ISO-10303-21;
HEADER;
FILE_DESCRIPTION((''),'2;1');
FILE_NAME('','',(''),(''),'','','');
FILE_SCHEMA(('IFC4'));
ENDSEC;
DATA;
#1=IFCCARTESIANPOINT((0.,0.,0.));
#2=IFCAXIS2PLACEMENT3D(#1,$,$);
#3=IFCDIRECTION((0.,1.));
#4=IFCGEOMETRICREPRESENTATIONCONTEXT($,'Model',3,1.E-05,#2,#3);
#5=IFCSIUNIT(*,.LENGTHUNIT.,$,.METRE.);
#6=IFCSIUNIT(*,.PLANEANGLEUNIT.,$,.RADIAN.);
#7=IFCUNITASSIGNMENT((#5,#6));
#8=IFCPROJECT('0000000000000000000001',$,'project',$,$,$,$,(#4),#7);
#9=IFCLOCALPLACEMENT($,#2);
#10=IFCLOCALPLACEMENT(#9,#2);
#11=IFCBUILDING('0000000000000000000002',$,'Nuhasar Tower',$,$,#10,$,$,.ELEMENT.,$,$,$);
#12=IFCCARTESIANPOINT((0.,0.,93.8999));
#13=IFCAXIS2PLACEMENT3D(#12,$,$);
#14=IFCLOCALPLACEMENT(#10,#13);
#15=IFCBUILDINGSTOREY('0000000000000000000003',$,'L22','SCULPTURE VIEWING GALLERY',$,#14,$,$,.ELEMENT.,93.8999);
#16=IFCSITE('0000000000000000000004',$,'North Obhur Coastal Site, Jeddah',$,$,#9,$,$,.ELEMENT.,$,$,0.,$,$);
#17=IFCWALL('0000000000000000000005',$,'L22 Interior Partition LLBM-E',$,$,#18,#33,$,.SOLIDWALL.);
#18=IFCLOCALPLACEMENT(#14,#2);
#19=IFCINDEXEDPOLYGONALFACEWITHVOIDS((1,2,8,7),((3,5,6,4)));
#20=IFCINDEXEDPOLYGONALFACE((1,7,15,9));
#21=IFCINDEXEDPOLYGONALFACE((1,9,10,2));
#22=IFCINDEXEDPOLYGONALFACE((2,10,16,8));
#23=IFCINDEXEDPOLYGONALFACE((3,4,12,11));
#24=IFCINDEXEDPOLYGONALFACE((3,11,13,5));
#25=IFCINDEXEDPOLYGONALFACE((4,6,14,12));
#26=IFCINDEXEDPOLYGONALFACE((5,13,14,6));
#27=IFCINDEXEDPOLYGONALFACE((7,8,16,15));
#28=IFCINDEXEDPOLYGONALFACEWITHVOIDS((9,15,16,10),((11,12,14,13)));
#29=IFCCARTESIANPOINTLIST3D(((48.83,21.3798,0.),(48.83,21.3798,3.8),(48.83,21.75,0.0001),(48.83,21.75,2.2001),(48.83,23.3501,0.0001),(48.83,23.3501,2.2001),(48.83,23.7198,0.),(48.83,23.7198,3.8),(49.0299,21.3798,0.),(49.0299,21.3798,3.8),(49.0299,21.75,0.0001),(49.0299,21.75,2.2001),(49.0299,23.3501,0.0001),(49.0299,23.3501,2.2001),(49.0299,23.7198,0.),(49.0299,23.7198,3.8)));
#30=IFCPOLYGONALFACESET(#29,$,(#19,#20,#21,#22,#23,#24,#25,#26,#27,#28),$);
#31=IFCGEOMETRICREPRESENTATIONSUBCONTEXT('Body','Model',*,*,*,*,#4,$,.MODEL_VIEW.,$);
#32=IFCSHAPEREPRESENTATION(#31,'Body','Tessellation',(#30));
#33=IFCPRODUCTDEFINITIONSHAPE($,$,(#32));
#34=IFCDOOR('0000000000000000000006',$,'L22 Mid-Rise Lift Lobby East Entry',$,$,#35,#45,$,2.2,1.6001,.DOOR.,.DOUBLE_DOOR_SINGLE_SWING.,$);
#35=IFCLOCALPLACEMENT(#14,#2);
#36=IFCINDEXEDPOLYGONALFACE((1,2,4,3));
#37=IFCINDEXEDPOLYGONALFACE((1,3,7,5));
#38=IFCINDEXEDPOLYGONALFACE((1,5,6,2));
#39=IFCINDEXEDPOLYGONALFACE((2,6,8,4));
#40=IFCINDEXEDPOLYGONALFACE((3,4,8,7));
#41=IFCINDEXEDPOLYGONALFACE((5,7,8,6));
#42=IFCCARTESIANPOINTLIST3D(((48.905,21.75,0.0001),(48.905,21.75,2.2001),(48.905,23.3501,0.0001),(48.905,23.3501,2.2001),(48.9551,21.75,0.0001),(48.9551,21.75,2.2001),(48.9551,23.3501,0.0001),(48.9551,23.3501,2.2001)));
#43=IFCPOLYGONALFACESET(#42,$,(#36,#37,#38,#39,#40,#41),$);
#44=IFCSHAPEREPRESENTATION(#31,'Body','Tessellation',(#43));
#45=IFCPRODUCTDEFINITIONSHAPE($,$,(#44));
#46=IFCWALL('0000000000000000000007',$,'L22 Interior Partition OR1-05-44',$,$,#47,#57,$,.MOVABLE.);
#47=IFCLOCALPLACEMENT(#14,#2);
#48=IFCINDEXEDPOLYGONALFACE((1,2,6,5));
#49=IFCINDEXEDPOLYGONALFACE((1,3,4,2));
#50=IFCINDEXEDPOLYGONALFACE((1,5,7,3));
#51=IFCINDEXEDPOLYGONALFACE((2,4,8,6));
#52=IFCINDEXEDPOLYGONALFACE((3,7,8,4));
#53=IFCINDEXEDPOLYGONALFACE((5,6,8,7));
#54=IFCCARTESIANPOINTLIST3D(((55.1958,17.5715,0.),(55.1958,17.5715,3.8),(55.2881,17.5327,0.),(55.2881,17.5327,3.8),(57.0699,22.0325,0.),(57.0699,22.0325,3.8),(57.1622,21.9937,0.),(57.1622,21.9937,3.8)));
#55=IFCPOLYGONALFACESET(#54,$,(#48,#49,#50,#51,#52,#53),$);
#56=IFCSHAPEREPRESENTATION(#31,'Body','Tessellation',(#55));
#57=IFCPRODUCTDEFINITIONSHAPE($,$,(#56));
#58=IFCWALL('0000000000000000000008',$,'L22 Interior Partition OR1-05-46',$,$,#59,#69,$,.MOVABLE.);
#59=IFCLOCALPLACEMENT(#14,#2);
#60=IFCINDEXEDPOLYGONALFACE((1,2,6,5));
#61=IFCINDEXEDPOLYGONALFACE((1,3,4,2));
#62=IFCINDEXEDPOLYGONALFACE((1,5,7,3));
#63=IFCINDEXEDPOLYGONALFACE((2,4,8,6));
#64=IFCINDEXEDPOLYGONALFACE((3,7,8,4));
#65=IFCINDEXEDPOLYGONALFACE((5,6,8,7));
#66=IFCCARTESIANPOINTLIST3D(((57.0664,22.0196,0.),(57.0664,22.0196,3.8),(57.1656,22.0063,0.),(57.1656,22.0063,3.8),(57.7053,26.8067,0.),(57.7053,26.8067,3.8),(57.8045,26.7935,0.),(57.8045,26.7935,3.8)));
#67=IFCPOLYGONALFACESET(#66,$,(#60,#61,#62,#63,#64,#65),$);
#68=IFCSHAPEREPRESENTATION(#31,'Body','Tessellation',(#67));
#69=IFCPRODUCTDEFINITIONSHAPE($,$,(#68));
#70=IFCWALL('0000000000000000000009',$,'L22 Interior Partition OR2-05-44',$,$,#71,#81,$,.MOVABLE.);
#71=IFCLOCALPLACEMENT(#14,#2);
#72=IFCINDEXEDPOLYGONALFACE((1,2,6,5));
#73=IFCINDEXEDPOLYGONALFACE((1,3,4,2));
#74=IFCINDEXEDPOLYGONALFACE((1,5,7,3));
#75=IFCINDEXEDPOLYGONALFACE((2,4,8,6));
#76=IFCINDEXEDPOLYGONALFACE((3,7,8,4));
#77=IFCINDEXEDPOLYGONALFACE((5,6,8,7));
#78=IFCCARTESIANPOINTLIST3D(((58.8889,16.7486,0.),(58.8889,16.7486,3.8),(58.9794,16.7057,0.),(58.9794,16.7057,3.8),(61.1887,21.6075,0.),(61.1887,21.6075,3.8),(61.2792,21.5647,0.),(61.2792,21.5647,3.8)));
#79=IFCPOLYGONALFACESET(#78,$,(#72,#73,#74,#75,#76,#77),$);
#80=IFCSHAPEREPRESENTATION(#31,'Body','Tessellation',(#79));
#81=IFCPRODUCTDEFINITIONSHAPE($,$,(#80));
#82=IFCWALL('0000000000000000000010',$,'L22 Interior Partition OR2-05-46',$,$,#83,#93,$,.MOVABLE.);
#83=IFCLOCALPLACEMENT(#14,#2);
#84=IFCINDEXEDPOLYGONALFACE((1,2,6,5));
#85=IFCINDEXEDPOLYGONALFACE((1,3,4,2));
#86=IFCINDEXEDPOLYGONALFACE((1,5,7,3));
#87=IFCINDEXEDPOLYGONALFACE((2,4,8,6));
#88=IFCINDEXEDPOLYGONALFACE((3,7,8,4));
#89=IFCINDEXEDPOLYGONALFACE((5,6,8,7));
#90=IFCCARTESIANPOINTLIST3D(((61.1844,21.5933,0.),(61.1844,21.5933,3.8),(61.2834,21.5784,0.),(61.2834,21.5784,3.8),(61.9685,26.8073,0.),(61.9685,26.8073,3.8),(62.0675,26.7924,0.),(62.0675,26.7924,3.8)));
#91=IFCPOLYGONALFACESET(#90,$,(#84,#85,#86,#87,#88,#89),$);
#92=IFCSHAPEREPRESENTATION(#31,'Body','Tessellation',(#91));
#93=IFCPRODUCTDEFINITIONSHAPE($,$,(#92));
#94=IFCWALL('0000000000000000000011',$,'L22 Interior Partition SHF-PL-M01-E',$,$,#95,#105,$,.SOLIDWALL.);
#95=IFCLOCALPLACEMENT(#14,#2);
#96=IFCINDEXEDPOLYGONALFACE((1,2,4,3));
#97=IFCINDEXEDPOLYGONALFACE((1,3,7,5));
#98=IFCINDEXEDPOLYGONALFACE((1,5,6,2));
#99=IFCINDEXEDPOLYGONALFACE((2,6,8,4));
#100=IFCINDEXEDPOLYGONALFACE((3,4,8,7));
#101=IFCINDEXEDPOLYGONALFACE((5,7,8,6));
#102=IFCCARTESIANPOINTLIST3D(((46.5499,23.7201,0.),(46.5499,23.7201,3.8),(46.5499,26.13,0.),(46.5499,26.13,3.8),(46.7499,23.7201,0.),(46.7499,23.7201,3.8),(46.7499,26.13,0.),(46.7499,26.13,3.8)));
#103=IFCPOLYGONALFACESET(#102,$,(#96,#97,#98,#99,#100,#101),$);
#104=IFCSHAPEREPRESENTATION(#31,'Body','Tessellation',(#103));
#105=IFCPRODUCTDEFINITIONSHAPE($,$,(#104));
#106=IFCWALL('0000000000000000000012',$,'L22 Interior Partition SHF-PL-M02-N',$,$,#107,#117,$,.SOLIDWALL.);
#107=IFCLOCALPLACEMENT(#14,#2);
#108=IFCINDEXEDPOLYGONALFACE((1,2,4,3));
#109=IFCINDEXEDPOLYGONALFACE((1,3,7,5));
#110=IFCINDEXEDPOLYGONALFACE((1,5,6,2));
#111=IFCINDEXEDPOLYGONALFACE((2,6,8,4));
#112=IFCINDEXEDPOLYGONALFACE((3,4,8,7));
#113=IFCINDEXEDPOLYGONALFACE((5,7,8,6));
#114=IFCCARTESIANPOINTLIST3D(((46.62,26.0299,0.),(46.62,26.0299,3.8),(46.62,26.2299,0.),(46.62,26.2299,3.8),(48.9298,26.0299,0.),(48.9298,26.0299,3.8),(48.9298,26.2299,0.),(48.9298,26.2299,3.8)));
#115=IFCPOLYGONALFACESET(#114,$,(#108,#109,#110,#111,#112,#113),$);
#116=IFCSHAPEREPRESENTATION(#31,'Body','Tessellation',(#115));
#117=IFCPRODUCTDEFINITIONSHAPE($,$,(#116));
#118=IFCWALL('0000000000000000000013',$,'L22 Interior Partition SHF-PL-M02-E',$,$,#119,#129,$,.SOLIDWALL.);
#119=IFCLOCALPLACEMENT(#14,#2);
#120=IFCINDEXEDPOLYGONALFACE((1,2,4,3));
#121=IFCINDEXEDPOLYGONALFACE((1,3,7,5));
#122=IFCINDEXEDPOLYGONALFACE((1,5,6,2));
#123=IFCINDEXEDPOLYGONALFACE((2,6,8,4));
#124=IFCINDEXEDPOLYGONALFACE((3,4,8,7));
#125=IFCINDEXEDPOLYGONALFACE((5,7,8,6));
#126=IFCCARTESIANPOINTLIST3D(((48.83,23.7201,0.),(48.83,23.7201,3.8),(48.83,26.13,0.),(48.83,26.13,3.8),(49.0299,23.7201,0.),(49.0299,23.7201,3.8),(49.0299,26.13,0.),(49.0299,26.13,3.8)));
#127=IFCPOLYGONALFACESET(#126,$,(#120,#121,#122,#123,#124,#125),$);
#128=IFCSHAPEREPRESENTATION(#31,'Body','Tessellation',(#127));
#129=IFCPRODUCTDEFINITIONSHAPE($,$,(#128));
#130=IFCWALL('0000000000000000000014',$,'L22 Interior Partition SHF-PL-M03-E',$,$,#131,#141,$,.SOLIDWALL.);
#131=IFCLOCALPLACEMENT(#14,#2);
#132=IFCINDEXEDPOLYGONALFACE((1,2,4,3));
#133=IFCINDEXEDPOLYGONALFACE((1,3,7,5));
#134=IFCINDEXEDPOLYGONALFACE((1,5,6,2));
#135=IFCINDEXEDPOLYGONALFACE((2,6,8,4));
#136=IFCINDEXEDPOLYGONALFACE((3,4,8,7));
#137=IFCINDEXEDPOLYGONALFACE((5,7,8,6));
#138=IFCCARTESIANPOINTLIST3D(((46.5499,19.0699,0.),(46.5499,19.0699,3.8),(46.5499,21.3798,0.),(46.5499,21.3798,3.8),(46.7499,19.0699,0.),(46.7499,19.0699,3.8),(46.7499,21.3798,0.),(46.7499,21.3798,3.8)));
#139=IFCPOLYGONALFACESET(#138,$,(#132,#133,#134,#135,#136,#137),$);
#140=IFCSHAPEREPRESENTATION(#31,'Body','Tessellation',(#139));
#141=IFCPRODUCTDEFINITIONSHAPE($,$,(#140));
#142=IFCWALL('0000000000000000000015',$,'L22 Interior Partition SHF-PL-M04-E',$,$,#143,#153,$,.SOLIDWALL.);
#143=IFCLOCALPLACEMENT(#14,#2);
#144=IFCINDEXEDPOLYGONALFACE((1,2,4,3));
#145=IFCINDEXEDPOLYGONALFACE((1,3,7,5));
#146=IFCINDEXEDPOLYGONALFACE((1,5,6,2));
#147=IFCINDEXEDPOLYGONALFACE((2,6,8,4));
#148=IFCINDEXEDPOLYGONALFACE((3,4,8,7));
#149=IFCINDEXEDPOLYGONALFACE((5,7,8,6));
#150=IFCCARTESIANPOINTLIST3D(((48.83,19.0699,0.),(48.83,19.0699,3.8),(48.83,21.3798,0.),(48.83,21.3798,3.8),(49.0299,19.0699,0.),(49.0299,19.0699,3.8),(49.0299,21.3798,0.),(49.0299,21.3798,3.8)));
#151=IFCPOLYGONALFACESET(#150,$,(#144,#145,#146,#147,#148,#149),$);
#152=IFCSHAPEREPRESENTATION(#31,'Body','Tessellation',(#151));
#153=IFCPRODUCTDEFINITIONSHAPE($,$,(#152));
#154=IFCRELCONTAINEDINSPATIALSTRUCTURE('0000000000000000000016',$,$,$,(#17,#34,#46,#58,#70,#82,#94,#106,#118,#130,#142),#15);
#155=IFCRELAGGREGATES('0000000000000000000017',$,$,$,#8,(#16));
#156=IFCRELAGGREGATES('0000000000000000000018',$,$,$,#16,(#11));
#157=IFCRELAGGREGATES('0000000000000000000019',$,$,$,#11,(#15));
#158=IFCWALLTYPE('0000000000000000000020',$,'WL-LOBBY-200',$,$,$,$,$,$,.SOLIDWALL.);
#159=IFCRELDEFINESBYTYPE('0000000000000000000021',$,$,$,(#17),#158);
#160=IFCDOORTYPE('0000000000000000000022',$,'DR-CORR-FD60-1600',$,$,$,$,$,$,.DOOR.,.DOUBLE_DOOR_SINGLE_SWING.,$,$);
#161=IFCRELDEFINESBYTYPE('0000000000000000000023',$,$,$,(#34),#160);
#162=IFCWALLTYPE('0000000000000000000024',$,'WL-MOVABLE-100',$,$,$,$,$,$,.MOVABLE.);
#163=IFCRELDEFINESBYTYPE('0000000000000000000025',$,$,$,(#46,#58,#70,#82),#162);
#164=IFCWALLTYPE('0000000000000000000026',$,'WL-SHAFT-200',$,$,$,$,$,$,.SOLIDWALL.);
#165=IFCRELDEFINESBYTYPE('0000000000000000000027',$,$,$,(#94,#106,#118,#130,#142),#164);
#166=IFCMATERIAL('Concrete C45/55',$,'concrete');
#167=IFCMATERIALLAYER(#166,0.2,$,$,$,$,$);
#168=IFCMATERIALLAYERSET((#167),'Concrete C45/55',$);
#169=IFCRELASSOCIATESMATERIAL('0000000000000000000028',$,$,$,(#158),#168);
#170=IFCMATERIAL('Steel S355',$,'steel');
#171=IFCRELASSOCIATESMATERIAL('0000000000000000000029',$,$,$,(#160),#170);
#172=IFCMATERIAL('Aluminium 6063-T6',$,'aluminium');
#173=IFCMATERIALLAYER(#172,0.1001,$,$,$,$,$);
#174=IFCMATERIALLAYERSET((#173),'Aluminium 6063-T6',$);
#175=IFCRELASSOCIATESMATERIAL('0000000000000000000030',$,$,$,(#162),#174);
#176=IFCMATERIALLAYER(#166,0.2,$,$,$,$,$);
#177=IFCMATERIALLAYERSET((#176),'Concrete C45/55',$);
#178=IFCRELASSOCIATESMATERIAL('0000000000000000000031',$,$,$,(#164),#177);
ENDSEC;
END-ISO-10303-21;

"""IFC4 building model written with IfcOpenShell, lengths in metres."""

from ifc_helpers import new_model, si_unit, direction, frame, frame_2d, origin, place, context, subcontext, project, spatial, rectangle, extrude, material, layer, layer_set, type_object, element, fill, save


model = new_model("IFC4")

# Units and contexts
model_context = context("Model", 3, precision=1e-05, world=origin(), true_north=direction((0.0, 1.0)))
body_context = subcontext(model_context, "Body", "Model", "MODEL_VIEW")
ifc_project = project(units=[si_unit("LENGTHUNIT", "METRE"), si_unit("PLANEANGLEUNIT", "RADIAN")], contexts=[model_context])

# Site, building, storey
site_placement = place(None, origin())
site = spatial("IfcSite", under=ifc_project, at=site_placement, Name="North Obhur Coastal Site, Jeddah", CompositionType="ELEMENT", RefElevation=0.0)
building_placement = place(site_placement, origin())
building = spatial("IfcBuilding", under=site, at=building_placement, Name="Nuhasar Tower", CompositionType="ELEMENT")
storey_placement = place(building_placement, frame((0.0, 0.0, 93.8999)))
storey = spatial("IfcBuildingStorey", under=building, at=storey_placement, Name="L22", Description="SCULPTURE VIEWING GALLERY", CompositionType="ELEMENT", Elevation=93.8999)

# Shared definitions
ifc_material_1 = material(Name="Steel S355", Category="steel")

# Shared definitions
ifc_material_2 = material(Name="Aluminium 6063-T6", Category="aluminium")

# Wall, opening, door
ifc_material_3 = material(Name="Concrete C45/55", Category="concrete")
ifc_layer_1 = layer(ifc_material_3, 0.2)
ifc_layer_set_1 = layer_set([ifc_layer_1], Name="Concrete C45/55")
wall_type_1 = type_object("IfcWallType", Name="WL-LOBBY-200", PredefinedType="SOLIDWALL", material=ifc_layer_set_1)
wall_1_placement = place(storey_placement, frame((48.9299, 21.3799, 0.0), z_axis=(0.0, 0.0, 1.0), x_axis=(0.0, 1.0, 0.0)))
wall_1 = element("IfcWall", 1, at=wall_1_placement, inside=storey, type_object=wall_type_1, Name="L22 Interior Partition LLBM-E", PredefinedType="SOLIDWALL", context=body_context, shape_type="SweptSolid", body=[
    extrude(rectangle(XDim=2.3401, YDim=0.2, at=frame_2d((1.1699, 0.0))), origin(), (0.0, 0.0, 1.0), 3.8),
])
opening_placement = place(wall_1_placement, frame((0.3701, 0.0, 0.0)))
opening = element("IfcOpeningElement", 2, at=opening_placement, cuts=wall_1, PredefinedType="OPENING", context=body_context, shape_type="SweptSolid", body=[
    extrude(rectangle(XDim=1.6001, YDim=2.2, at=frame_2d((0.8, 1.1001))), frame((0.0, 0.1099, 0.0), z_axis=(0.0, -1.0, 0.0), x_axis=(1.0, 0.0, 0.0)), (0.0, 0.0, 1.0), 0.22),
])
door_type = type_object("IfcDoorType", Name="DR-CORR-FD60-1600", OperationType="DOUBLE_DOOR_SINGLE_SWING", PredefinedType="DOOR", material=ifc_material_1)
door_placement = place(opening_placement, origin())
door = element("IfcDoor", 3, at=door_placement, inside=storey, type_object=door_type, Name="L22 Mid-Rise Lift Lobby East Entry", OperationType="DOUBLE_DOOR_SINGLE_SWING", OverallHeight=2.2, OverallWidth=1.6001, PredefinedType="DOOR", context=body_context, shape_type="SweptSolid", body=[
    extrude(rectangle(XDim=1.6001, YDim=2.2, at=frame_2d((0.8, 1.1001))), frame((0.0, 0.0249, 0.0), z_axis=(0.0, -1.0, 0.0), x_axis=(1.0, 0.0, 0.0)), (0.0, 0.0, 1.0), 0.05),
])
fill(opening, door)

# Walls
ifc_layer_2 = layer(ifc_material_2, 0.1001)
ifc_layer_set_2 = layer_set([ifc_layer_2], Name="Aluminium 6063-T6")
wall_type_2 = type_object("IfcWallType", Name="WL-MOVABLE-100", PredefinedType="MOVABLE", material=ifc_layer_set_2)
wall_2_placement = place(storey_placement, frame((55.2419, 17.552, 0.0), z_axis=(0.0, 0.0, 1.0), x_axis=(0.387308, 0.92195, 0.0)))
element("IfcWall", 4, at=wall_2_placement, inside=storey, type_object=wall_type_2, Name="L22 Interior Partition OR1-05-44", PredefinedType="MOVABLE", context=body_context, shape_type="SweptSolid", body=[
    extrude(rectangle(XDim=4.8386, YDim=0.1001, at=frame_2d((2.4194, 0.0))), origin(), (0.0, 0.0, 1.0), 3.8),
])
wall_3_placement = place(storey_placement, frame((57.116, 22.0129, 0.0), z_axis=(0.0, 0.0, 1.0), x_axis=(0.132293, 0.991211, 0.0)))
element("IfcWall", 5, at=wall_3_placement, inside=storey, type_object=wall_type_2, Name="L22 Interior Partition OR1-05-46", PredefinedType="MOVABLE", context=body_context, shape_type="SweptSolid", body=[
    extrude(rectangle(XDim=4.8296, YDim=0.1001, at=frame_2d((2.4148, 0.0))), origin(), (0.0, 0.0, 1.0), 3.8),
])
wall_4_placement = place(storey_placement, frame((58.9341, 16.7271, 0.0), z_axis=(0.0, 0.0, 1.0), x_axis=(0.427817, 0.903865, 0.0)))
element("IfcWall", 6, at=wall_4_placement, inside=storey, type_object=wall_type_2, Name="L22 Interior Partition OR2-05-44", PredefinedType="MOVABLE", context=body_context, shape_type="SweptSolid", body=[
    extrude(rectangle(XDim=5.3757, YDim=0.1001, at=frame_2d((2.688, 0.0))), origin(), (0.0, 0.0, 1.0), 3.8),
])
wall_5_placement = place(storey_placement, frame((61.2339, 21.5859, 0.0), z_axis=(0.0, 0.0, 1.0), x_axis=(0.148723, 0.988879, 0.0)))
element("IfcWall", 7, at=wall_5_placement, inside=storey, type_object=wall_type_2, Name="L22 Interior Partition OR2-05-46", PredefinedType="MOVABLE", context=body_context, shape_type="SweptSolid", body=[
    extrude(rectangle(XDim=5.2727, YDim=0.1001, at=frame_2d((2.6362, 0.0))), origin(), (0.0, 0.0, 1.0), 3.8),
])
ifc_layer_3 = layer(ifc_material_3, 0.2)
ifc_layer_set_3 = layer_set([ifc_layer_3], Name="Concrete C45/55")
wall_type_3 = type_object("IfcWallType", Name="WL-SHAFT-200", PredefinedType="SOLIDWALL", material=ifc_layer_set_3)
wall_6_placement = place(storey_placement, frame((46.6499, 23.72, 0.0), z_axis=(0.0, 0.0, 1.0), x_axis=(0.0, 1.0, 0.0)))
element("IfcWall", 8, at=wall_6_placement, inside=storey, type_object=wall_type_3, Name="L22 Interior Partition SHF-PL-M01-E", PredefinedType="SOLIDWALL", context=body_context, shape_type="SweptSolid", body=[
    extrude(rectangle(XDim=2.4099, YDim=0.2, at=frame_2d((1.2051, 0.0))), origin(), (0.0, 0.0, 1.0), 3.8),
])
wall_7_placement = place(storey_placement, frame((46.6201, 26.1299, 0.0), z_axis=(0.0, 0.0, 1.0), x_axis=(1.0, 0.0, 0.0)))
element("IfcWall", 9, at=wall_7_placement, inside=storey, type_object=wall_type_3, Name="L22 Interior Partition SHF-PL-M02-N", PredefinedType="SOLIDWALL", context=body_context, shape_type="SweptSolid", body=[
    extrude(rectangle(XDim=2.3098, YDim=0.2, at=frame_2d((1.1548, 0.0))), origin(), (0.0, 0.0, 1.0), 3.8),
])
wall_8_placement = place(storey_placement, frame((48.9299, 23.72, 0.0), z_axis=(0.0, 0.0, 1.0), x_axis=(0.0, 1.0, 0.0)))
element("IfcWall", 10, at=wall_8_placement, inside=storey, type_object=wall_type_3, Name="L22 Interior Partition SHF-PL-M02-E", PredefinedType="SOLIDWALL", context=body_context, shape_type="SweptSolid", body=[
    extrude(rectangle(XDim=2.4099, YDim=0.2, at=frame_2d((1.2051, 0.0))), origin(), (0.0, 0.0, 1.0), 3.8),
])
for number, where, z_axis, x_axis, name in (
    (11, (46.6499, 19.0701, 0.0), (0.0, 0.0, 1.0), (0.0, 1.0, 0.0), "L22 Interior Partition SHF-PL-M03-E"),
    (12, (48.9299, 19.0701, 0.0), (0.0, 0.0, 1.0), (0.0, 1.0, 0.0), "L22 Interior Partition SHF-PL-M04-E"),
):
    element("IfcWall", number, at=place(storey_placement, frame(where, z_axis=z_axis, x_axis=x_axis)), inside=storey, type_object=wall_type_3, Name=name, PredefinedType="SOLIDWALL", context=body_context, shape_type="SweptSolid", body=[
        extrude(rectangle(XDim=2.3098, YDim=0.2, at=frame_2d((1.1548, 0.0))), origin(), (0.0, 0.0, 1.0), 3.8),
    ])

save(model, "model.ifc")
